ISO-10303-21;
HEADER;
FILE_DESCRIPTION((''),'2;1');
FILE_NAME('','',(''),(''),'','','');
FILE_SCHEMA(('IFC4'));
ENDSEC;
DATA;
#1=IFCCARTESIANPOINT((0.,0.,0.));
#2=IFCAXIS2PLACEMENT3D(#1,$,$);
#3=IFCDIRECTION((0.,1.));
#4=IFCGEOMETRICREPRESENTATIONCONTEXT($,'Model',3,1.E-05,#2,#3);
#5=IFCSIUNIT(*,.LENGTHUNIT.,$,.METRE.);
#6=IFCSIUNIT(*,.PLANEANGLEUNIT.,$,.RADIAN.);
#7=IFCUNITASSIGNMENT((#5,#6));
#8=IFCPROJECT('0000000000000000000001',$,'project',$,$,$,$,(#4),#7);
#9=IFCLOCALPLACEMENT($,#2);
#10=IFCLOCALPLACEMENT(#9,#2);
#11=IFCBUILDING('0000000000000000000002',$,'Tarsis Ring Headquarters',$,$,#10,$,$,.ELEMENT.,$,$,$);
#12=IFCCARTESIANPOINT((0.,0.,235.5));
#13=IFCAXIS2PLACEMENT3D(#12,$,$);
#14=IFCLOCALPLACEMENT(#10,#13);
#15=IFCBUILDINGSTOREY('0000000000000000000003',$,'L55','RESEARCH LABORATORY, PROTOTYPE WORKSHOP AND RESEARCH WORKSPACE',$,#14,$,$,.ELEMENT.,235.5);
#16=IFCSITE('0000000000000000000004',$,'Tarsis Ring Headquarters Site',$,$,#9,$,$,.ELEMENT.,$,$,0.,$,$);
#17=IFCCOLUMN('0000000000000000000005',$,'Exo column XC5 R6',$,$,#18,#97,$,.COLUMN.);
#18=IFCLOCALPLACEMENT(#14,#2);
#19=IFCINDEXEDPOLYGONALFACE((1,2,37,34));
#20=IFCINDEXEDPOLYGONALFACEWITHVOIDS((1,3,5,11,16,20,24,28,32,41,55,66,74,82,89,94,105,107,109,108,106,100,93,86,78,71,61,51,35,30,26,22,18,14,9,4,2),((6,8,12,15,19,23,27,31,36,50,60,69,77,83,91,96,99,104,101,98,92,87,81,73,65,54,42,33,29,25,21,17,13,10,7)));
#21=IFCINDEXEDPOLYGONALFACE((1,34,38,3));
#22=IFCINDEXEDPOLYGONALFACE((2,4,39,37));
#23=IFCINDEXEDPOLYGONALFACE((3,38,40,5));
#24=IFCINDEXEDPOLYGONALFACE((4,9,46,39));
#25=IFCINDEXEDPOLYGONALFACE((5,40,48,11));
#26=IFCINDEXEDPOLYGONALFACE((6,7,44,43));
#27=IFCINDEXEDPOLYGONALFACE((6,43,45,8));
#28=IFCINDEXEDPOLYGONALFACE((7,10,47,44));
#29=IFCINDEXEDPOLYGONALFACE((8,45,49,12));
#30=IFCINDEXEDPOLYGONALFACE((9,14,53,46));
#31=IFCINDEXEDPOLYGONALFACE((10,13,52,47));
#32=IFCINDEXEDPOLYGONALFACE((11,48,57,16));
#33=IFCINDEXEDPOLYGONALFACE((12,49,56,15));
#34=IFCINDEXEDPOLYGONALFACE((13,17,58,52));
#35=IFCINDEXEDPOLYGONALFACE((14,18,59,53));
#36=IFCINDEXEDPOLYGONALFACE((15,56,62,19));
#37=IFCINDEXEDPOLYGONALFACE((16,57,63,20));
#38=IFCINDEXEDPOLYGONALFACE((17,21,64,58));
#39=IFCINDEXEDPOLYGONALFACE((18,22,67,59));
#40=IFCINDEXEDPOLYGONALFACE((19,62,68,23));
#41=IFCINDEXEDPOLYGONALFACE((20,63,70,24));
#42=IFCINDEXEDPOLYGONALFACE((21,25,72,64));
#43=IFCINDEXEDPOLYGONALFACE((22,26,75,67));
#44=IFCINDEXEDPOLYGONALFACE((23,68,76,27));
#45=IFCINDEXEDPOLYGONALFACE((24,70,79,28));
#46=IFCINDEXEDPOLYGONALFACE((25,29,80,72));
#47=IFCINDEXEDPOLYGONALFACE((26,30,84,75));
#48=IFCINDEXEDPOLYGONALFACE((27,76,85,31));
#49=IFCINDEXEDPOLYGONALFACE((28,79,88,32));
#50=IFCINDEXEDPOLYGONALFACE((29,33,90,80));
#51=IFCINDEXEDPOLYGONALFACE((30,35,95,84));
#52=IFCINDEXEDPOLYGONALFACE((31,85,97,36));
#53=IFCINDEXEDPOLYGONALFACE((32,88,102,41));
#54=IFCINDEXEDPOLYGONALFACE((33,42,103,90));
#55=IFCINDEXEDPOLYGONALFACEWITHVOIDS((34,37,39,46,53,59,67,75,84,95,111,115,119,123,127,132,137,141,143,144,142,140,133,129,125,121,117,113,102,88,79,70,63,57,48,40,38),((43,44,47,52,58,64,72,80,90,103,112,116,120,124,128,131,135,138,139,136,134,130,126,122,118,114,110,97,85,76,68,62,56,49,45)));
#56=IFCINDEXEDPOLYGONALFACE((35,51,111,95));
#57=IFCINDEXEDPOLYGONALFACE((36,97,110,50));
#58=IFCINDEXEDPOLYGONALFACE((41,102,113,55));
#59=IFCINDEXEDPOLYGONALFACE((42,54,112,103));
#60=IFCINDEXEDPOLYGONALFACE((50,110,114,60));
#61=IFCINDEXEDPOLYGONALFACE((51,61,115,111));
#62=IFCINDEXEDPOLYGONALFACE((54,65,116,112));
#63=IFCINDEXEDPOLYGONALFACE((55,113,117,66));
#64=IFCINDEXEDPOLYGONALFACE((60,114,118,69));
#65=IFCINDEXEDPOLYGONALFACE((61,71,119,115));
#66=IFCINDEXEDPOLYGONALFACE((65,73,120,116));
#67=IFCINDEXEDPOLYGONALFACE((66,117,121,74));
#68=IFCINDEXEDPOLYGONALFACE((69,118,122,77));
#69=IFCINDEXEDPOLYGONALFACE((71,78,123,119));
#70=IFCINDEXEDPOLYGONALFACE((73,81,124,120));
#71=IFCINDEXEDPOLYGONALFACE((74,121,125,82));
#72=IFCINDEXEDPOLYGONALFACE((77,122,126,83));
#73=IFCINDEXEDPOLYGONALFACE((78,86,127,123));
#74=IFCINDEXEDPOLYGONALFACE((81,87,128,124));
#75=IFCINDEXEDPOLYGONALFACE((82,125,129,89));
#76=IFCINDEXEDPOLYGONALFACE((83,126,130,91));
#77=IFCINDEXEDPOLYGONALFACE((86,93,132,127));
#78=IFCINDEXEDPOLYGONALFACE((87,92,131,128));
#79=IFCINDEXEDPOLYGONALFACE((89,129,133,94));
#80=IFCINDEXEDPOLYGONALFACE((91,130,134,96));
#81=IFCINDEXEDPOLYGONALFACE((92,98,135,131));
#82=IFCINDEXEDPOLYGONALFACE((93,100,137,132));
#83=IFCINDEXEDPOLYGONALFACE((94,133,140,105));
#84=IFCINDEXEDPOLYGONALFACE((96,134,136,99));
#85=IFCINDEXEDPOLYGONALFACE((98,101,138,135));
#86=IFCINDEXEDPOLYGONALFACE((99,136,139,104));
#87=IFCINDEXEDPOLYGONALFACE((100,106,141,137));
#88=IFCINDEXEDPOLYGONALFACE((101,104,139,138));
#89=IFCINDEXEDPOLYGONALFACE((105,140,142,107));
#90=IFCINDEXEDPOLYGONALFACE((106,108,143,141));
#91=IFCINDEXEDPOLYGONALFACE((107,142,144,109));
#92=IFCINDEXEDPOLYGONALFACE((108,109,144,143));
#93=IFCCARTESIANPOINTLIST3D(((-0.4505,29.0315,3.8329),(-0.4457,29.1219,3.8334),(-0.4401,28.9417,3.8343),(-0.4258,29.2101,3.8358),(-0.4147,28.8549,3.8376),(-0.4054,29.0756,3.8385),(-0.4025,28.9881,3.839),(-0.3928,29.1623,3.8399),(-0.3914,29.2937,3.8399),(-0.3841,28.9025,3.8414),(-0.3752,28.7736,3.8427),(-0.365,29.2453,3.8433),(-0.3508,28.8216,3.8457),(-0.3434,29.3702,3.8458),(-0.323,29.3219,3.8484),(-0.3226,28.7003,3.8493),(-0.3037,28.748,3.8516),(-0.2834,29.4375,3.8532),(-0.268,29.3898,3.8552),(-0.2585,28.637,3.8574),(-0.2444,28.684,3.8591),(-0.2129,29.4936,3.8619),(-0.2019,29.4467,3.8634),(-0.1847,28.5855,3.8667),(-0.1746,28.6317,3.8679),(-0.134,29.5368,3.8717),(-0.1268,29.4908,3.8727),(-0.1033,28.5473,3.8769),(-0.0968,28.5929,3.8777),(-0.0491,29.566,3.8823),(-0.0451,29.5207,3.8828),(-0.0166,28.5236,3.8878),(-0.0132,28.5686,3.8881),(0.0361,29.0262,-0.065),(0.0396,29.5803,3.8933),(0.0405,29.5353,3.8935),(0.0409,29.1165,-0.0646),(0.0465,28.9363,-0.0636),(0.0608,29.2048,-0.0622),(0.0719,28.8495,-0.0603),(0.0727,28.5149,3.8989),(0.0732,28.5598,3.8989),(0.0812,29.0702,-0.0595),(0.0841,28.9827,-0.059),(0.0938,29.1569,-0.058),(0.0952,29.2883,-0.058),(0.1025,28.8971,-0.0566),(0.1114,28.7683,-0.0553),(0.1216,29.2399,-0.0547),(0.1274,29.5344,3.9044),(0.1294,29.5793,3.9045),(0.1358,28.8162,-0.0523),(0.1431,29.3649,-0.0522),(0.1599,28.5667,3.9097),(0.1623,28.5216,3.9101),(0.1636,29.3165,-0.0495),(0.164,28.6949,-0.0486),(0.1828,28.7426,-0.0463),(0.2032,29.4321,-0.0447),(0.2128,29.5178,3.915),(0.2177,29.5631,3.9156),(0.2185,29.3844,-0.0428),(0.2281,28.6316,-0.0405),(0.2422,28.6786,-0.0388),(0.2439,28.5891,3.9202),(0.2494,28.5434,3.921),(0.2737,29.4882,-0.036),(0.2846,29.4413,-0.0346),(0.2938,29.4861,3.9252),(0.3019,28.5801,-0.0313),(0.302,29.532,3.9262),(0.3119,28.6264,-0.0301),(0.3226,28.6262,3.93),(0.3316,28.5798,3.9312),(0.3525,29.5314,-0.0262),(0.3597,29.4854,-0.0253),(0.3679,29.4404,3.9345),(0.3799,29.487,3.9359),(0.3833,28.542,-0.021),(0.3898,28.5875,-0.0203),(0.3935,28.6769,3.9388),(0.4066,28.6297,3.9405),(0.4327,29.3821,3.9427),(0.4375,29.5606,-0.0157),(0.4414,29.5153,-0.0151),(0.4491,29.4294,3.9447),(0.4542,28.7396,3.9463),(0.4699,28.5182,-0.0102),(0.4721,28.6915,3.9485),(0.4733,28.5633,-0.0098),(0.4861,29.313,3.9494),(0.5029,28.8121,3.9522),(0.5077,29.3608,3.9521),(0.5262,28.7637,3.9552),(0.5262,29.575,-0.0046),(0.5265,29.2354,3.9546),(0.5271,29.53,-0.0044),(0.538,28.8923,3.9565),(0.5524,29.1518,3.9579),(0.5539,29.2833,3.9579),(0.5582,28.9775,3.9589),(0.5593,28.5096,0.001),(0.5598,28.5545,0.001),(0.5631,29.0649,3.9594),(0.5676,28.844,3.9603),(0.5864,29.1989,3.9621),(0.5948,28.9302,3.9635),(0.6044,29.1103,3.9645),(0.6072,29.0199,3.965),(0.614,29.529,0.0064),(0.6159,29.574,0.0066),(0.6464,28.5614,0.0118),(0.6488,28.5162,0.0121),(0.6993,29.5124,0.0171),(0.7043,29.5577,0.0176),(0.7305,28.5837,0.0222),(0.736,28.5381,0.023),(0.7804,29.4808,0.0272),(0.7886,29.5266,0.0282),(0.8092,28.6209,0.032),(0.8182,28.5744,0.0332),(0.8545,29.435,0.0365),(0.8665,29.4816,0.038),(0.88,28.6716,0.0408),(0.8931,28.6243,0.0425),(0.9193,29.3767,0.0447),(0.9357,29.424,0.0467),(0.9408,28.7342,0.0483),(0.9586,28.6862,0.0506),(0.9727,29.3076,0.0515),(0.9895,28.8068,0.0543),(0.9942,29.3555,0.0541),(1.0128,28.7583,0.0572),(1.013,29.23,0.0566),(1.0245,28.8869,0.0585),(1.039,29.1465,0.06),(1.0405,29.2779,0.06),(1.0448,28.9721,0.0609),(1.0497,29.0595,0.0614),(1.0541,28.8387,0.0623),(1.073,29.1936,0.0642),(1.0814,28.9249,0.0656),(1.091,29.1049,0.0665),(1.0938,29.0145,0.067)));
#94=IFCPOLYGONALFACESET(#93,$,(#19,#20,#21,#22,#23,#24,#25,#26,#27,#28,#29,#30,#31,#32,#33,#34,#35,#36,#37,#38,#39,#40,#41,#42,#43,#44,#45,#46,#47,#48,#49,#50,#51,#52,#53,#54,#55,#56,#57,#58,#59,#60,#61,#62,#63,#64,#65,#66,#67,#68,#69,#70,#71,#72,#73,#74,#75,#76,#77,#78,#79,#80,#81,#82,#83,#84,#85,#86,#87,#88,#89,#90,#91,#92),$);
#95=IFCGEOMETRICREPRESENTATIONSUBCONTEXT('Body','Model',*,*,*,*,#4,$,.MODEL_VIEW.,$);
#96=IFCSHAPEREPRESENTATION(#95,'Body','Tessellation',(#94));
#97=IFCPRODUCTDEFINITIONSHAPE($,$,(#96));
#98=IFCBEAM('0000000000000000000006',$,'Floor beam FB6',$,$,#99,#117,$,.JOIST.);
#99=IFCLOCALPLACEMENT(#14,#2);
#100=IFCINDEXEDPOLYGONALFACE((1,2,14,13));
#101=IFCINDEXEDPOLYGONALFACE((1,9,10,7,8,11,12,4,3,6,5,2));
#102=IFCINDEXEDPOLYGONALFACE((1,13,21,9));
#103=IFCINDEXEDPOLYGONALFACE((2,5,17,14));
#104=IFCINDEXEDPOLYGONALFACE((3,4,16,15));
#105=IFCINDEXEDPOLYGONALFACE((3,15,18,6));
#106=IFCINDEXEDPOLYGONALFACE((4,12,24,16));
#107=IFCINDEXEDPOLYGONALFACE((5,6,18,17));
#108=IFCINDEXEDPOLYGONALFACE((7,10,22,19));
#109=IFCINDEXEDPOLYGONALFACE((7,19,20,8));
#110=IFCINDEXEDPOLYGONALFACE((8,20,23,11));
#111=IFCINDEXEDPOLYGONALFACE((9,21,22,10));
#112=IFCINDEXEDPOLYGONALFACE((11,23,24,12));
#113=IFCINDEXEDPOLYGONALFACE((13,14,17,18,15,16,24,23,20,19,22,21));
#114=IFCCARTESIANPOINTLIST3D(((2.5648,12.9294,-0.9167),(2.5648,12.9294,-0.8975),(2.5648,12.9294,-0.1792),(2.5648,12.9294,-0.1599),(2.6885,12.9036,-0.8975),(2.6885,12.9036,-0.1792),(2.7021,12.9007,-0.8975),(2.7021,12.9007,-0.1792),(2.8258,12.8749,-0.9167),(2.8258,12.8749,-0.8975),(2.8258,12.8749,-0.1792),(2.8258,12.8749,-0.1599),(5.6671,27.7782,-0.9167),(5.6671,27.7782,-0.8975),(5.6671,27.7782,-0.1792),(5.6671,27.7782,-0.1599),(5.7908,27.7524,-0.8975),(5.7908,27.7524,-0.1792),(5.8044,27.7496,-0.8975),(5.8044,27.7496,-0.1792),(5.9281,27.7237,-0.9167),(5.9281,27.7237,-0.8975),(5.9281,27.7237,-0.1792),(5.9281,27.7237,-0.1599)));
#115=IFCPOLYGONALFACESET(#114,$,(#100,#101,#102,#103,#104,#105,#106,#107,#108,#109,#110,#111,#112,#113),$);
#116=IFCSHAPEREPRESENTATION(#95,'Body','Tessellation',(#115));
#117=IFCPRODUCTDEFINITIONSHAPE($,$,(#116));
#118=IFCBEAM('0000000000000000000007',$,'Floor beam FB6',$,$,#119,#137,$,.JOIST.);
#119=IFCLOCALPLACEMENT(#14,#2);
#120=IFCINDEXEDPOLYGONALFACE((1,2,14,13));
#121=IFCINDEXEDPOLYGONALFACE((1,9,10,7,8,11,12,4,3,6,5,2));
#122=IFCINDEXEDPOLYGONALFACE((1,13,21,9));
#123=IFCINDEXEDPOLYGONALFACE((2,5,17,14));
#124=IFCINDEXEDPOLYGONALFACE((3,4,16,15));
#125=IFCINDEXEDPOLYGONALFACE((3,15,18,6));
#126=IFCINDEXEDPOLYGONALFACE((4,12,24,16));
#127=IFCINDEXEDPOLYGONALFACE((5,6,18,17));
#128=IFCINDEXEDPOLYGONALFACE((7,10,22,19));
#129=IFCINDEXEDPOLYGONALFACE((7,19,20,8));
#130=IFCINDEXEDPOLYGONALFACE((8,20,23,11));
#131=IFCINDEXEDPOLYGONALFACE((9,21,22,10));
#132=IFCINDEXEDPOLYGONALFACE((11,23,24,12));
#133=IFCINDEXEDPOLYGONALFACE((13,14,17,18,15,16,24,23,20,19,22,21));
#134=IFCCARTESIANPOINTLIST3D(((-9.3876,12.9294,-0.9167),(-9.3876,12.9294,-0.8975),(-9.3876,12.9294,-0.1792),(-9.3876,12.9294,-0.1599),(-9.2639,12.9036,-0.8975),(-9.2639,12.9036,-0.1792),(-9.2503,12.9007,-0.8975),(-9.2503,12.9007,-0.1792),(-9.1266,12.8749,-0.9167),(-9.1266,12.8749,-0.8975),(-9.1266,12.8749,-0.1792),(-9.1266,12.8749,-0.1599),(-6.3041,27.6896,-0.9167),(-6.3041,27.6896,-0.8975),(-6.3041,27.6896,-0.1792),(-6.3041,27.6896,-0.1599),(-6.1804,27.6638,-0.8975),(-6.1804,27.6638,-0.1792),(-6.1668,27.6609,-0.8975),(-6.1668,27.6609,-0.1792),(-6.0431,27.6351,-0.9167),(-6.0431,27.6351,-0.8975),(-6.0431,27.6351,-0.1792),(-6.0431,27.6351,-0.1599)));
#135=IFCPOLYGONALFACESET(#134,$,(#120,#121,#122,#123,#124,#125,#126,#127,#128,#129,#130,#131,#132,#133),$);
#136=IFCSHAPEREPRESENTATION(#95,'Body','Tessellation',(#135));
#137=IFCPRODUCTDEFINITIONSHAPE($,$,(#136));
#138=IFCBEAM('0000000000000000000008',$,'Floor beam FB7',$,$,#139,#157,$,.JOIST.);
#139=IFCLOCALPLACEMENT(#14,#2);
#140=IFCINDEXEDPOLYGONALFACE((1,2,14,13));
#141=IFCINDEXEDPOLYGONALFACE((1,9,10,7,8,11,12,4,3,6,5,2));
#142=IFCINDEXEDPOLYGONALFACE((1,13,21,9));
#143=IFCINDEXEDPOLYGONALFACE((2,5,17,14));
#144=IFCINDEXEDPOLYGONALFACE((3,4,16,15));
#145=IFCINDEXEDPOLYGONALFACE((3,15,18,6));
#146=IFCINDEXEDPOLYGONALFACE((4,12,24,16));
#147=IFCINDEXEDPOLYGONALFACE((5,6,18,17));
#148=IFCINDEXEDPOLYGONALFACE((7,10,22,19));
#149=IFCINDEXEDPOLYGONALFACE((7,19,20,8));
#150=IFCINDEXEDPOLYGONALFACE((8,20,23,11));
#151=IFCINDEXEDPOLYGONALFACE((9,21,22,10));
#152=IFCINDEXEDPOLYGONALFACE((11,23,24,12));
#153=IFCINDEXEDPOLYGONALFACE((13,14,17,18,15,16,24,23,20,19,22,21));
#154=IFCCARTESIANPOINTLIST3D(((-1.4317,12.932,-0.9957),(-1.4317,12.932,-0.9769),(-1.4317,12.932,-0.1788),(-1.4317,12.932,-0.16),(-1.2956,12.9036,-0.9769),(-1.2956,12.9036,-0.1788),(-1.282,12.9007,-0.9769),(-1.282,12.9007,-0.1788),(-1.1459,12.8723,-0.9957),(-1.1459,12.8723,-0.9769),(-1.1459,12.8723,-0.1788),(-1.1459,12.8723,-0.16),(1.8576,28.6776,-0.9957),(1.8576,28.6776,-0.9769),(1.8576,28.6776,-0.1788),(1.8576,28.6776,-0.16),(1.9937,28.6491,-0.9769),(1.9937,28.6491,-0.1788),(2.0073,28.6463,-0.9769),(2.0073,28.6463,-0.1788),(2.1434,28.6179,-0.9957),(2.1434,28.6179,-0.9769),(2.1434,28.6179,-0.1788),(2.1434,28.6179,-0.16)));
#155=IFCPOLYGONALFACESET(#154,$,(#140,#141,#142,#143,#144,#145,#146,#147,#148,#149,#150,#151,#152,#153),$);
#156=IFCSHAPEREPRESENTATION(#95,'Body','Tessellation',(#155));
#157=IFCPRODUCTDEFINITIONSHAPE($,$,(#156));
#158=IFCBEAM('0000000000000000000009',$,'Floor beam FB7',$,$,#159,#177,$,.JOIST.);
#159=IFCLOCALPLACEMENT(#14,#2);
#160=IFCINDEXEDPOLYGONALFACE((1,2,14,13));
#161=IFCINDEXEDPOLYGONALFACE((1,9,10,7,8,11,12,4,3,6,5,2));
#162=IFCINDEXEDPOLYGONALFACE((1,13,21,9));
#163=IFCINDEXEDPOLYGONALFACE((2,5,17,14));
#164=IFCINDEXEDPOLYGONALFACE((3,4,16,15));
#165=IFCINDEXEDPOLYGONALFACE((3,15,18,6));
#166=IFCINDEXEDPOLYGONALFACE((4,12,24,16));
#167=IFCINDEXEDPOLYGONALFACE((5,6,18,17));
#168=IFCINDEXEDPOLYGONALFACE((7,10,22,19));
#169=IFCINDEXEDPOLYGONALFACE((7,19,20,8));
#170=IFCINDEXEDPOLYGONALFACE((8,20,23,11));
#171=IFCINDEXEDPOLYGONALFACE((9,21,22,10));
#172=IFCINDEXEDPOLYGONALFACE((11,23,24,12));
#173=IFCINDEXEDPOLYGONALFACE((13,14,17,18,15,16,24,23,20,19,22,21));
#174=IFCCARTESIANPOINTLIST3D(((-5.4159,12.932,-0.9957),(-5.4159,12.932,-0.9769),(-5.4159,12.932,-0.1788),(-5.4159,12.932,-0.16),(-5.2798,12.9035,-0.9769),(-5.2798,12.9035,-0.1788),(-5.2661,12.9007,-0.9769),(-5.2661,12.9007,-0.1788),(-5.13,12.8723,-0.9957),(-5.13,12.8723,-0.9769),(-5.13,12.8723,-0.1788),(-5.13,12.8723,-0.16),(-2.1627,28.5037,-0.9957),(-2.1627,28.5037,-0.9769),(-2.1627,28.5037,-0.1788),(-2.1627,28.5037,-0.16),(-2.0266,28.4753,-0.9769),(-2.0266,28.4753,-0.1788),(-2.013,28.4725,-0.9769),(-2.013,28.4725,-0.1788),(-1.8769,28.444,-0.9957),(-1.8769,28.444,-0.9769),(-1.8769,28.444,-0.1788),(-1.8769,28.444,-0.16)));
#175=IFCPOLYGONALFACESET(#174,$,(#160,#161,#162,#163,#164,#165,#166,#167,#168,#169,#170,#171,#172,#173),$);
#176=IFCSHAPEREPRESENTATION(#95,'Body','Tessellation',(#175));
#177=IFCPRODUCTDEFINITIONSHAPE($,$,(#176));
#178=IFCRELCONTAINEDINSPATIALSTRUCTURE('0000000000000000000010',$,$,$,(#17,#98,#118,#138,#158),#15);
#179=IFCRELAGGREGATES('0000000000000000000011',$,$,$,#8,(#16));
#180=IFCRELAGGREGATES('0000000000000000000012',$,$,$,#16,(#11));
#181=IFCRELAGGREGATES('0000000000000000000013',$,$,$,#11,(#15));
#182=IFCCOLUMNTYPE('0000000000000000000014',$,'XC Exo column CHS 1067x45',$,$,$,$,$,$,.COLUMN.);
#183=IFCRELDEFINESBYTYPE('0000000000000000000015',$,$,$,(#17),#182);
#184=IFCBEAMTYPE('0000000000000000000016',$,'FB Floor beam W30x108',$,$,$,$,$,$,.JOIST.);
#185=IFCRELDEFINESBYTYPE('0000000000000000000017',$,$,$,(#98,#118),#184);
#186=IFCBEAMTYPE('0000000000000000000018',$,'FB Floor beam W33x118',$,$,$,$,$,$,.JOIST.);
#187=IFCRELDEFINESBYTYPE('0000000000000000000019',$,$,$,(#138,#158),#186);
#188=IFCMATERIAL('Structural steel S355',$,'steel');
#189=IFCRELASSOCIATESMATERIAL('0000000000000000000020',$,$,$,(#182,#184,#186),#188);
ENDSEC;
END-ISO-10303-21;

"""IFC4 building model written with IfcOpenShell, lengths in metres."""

from ifc_helpers import new_model, si_unit, direction, frame, origin, origin_2d, place, context, subcontext, project, spatial, hollow_circle, i_section, extrude, material, material_profile, profile_set, type_object, element, save


model = new_model("IFC4")

# Units and contexts
model_context = context("Model", 3, precision=1e-05, world=origin(), true_north=direction((0.0, 1.0)))
body_context = subcontext(model_context, "Body", "Model", "MODEL_VIEW")
ifc_project = project(units=[si_unit("LENGTHUNIT", "METRE"), si_unit("PLANEANGLEUNIT", "RADIAN")], contexts=[model_context])

# Site, building, storey
site_placement = place(None, origin())
site = spatial("IfcSite", under=ifc_project, at=site_placement, Name="Tarsis Ring Headquarters Site", CompositionType="ELEMENT", RefElevation=0.0)
building_placement = place(site_placement, origin())
building = spatial("IfcBuilding", under=site, at=building_placement, Name="Tarsis Ring Headquarters", CompositionType="ELEMENT")
storey_placement = place(building_placement, frame((0.0, 0.0, 235.5)))
storey = spatial("IfcBuildingStorey", under=building, at=storey_placement, Name="L55", Description="RESEARCH LABORATORY, PROTOTYPE WORKSHOP AND RESEARCH WORKSPACE", CompositionType="ELEMENT", Elevation=235.5)

# Column
ifc_material_1 = material(Name="Structural steel S355", Category="steel")
ifc_material_profile_1 = material_profile(ifc_material_1, hollow_circle(Radius=0.5334, WallThickness=0.0449, at=origin_2d()), Name="CHS 1067x45")
ifc_profile_set_1 = profile_set([ifc_material_profile_1], Name="Structural steel S355")
column_type = type_object("IfcColumnType", Name="XC Exo column CHS 1067x45", PredefinedType="COLUMN", material=ifc_profile_set_1)
column_placement = place(storey_placement, frame((0.5652, 29.043, 0.001), z_axis=(-0.123866, 0.001367, 0.992298), x_axis=(-0.011038, -0.999939, 0.0)))
element("IfcColumn", 1, at=column_placement, inside=storey, type_object=column_type, Name="Exo column XC5 R6", PredefinedType="COLUMN", context=body_context, shape_type="SweptSolid", body=[
    extrude(hollow_circle(Radius=0.5334, WallThickness=0.0449, at=origin_2d()), origin(), (0.0, 0.0, 1.0), 3.9282),
])

# Beams
ifc_material_profile_2 = material_profile(ifc_material_1, i_section(OverallWidth=0.2666, OverallDepth=0.7568, WebThickness=0.0139, FlangeThickness=0.0193, at=origin_2d()), Name="W30x108")
ifc_profile_set_2 = profile_set([ifc_material_profile_2], Name="Structural steel S355")
beam_type_1 = type_object("IfcBeamType", Name="FB Floor beam W30x108", PredefinedType="JOIST", material=ifc_profile_set_2)
beam_1_placement = place(storey_placement, frame((5.7976, 27.751, -0.5383), z_axis=(-0.204509, -0.978865, 0.0), x_axis=(0.978865, -0.204509, 0.0)))
element("IfcBeam", 2, at=beam_1_placement, inside=storey, type_object=beam_type_1, Name="Floor beam FB6", PredefinedType="JOIST", context=body_context, shape_type="SweptSolid", body=[
    extrude(i_section(OverallWidth=0.2666, OverallDepth=0.7568, WebThickness=0.0139, FlangeThickness=0.0193, at=origin_2d()), origin(), (0.0, 0.0, 1.0), 15.1694),
])
beam_2_placement = place(storey_placement, frame((-6.1736, 27.6624, -0.5383), z_axis=(-0.204491, -0.978868, 0.0), x_axis=(0.978868, -0.204491, 0.0)))
element("IfcBeam", 3, at=beam_2_placement, inside=storey, type_object=beam_type_1, Name="Floor beam FB6", PredefinedType="JOIST", context=body_context, shape_type="SweptSolid", body=[
    extrude(i_section(OverallWidth=0.2666, OverallDepth=0.7568, WebThickness=0.0139, FlangeThickness=0.0193, at=origin_2d()), origin(), (0.0, 0.0, 1.0), 15.0789),
])
ifc_material_profile_3 = material_profile(ifc_material_1, i_section(OverallWidth=0.292, OverallDepth=0.8357, WebThickness=0.0139, FlangeThickness=0.0188, at=origin_2d()), Name="W33x118")
ifc_profile_set_3 = profile_set([ifc_material_profile_3], Name="Structural steel S355")
beam_type_2 = type_object("IfcBeamType", Name="FB Floor beam W33x118", PredefinedType="JOIST", material=ifc_profile_set_3)
beam_3_placement = place(storey_placement, frame((2.0005, 28.6477, -0.5779), z_axis=(-0.204489, -0.978869, 0.0), x_axis=(0.978869, -0.204489, 0.0)))
element("IfcBeam", 4, at=beam_3_placement, inside=storey, type_object=beam_type_2, Name="Floor beam FB7", PredefinedType="JOIST", context=body_context, shape_type="SweptSolid", body=[
    extrude(i_section(OverallWidth=0.292, OverallDepth=0.8357, WebThickness=0.0139, FlangeThickness=0.0188, at=origin_2d()), origin(), (0.0, 0.0, 1.0), 16.0854),
])
beam_4_placement = place(storey_placement, frame((-2.0198, 28.4739, -0.5779), z_axis=(-0.2045, -0.978867, 0.0), x_axis=(0.978867, -0.2045, 0.0)))
element("IfcBeam", 5, at=beam_4_placement, inside=storey, type_object=beam_type_2, Name="Floor beam FB7", PredefinedType="JOIST", context=body_context, shape_type="SweptSolid", body=[
    extrude(i_section(OverallWidth=0.292, OverallDepth=0.8357, WebThickness=0.0139, FlangeThickness=0.0188, at=origin_2d()), origin(), (0.0, 0.0, 1.0), 15.908),
])

save(model, "model.ifc")
